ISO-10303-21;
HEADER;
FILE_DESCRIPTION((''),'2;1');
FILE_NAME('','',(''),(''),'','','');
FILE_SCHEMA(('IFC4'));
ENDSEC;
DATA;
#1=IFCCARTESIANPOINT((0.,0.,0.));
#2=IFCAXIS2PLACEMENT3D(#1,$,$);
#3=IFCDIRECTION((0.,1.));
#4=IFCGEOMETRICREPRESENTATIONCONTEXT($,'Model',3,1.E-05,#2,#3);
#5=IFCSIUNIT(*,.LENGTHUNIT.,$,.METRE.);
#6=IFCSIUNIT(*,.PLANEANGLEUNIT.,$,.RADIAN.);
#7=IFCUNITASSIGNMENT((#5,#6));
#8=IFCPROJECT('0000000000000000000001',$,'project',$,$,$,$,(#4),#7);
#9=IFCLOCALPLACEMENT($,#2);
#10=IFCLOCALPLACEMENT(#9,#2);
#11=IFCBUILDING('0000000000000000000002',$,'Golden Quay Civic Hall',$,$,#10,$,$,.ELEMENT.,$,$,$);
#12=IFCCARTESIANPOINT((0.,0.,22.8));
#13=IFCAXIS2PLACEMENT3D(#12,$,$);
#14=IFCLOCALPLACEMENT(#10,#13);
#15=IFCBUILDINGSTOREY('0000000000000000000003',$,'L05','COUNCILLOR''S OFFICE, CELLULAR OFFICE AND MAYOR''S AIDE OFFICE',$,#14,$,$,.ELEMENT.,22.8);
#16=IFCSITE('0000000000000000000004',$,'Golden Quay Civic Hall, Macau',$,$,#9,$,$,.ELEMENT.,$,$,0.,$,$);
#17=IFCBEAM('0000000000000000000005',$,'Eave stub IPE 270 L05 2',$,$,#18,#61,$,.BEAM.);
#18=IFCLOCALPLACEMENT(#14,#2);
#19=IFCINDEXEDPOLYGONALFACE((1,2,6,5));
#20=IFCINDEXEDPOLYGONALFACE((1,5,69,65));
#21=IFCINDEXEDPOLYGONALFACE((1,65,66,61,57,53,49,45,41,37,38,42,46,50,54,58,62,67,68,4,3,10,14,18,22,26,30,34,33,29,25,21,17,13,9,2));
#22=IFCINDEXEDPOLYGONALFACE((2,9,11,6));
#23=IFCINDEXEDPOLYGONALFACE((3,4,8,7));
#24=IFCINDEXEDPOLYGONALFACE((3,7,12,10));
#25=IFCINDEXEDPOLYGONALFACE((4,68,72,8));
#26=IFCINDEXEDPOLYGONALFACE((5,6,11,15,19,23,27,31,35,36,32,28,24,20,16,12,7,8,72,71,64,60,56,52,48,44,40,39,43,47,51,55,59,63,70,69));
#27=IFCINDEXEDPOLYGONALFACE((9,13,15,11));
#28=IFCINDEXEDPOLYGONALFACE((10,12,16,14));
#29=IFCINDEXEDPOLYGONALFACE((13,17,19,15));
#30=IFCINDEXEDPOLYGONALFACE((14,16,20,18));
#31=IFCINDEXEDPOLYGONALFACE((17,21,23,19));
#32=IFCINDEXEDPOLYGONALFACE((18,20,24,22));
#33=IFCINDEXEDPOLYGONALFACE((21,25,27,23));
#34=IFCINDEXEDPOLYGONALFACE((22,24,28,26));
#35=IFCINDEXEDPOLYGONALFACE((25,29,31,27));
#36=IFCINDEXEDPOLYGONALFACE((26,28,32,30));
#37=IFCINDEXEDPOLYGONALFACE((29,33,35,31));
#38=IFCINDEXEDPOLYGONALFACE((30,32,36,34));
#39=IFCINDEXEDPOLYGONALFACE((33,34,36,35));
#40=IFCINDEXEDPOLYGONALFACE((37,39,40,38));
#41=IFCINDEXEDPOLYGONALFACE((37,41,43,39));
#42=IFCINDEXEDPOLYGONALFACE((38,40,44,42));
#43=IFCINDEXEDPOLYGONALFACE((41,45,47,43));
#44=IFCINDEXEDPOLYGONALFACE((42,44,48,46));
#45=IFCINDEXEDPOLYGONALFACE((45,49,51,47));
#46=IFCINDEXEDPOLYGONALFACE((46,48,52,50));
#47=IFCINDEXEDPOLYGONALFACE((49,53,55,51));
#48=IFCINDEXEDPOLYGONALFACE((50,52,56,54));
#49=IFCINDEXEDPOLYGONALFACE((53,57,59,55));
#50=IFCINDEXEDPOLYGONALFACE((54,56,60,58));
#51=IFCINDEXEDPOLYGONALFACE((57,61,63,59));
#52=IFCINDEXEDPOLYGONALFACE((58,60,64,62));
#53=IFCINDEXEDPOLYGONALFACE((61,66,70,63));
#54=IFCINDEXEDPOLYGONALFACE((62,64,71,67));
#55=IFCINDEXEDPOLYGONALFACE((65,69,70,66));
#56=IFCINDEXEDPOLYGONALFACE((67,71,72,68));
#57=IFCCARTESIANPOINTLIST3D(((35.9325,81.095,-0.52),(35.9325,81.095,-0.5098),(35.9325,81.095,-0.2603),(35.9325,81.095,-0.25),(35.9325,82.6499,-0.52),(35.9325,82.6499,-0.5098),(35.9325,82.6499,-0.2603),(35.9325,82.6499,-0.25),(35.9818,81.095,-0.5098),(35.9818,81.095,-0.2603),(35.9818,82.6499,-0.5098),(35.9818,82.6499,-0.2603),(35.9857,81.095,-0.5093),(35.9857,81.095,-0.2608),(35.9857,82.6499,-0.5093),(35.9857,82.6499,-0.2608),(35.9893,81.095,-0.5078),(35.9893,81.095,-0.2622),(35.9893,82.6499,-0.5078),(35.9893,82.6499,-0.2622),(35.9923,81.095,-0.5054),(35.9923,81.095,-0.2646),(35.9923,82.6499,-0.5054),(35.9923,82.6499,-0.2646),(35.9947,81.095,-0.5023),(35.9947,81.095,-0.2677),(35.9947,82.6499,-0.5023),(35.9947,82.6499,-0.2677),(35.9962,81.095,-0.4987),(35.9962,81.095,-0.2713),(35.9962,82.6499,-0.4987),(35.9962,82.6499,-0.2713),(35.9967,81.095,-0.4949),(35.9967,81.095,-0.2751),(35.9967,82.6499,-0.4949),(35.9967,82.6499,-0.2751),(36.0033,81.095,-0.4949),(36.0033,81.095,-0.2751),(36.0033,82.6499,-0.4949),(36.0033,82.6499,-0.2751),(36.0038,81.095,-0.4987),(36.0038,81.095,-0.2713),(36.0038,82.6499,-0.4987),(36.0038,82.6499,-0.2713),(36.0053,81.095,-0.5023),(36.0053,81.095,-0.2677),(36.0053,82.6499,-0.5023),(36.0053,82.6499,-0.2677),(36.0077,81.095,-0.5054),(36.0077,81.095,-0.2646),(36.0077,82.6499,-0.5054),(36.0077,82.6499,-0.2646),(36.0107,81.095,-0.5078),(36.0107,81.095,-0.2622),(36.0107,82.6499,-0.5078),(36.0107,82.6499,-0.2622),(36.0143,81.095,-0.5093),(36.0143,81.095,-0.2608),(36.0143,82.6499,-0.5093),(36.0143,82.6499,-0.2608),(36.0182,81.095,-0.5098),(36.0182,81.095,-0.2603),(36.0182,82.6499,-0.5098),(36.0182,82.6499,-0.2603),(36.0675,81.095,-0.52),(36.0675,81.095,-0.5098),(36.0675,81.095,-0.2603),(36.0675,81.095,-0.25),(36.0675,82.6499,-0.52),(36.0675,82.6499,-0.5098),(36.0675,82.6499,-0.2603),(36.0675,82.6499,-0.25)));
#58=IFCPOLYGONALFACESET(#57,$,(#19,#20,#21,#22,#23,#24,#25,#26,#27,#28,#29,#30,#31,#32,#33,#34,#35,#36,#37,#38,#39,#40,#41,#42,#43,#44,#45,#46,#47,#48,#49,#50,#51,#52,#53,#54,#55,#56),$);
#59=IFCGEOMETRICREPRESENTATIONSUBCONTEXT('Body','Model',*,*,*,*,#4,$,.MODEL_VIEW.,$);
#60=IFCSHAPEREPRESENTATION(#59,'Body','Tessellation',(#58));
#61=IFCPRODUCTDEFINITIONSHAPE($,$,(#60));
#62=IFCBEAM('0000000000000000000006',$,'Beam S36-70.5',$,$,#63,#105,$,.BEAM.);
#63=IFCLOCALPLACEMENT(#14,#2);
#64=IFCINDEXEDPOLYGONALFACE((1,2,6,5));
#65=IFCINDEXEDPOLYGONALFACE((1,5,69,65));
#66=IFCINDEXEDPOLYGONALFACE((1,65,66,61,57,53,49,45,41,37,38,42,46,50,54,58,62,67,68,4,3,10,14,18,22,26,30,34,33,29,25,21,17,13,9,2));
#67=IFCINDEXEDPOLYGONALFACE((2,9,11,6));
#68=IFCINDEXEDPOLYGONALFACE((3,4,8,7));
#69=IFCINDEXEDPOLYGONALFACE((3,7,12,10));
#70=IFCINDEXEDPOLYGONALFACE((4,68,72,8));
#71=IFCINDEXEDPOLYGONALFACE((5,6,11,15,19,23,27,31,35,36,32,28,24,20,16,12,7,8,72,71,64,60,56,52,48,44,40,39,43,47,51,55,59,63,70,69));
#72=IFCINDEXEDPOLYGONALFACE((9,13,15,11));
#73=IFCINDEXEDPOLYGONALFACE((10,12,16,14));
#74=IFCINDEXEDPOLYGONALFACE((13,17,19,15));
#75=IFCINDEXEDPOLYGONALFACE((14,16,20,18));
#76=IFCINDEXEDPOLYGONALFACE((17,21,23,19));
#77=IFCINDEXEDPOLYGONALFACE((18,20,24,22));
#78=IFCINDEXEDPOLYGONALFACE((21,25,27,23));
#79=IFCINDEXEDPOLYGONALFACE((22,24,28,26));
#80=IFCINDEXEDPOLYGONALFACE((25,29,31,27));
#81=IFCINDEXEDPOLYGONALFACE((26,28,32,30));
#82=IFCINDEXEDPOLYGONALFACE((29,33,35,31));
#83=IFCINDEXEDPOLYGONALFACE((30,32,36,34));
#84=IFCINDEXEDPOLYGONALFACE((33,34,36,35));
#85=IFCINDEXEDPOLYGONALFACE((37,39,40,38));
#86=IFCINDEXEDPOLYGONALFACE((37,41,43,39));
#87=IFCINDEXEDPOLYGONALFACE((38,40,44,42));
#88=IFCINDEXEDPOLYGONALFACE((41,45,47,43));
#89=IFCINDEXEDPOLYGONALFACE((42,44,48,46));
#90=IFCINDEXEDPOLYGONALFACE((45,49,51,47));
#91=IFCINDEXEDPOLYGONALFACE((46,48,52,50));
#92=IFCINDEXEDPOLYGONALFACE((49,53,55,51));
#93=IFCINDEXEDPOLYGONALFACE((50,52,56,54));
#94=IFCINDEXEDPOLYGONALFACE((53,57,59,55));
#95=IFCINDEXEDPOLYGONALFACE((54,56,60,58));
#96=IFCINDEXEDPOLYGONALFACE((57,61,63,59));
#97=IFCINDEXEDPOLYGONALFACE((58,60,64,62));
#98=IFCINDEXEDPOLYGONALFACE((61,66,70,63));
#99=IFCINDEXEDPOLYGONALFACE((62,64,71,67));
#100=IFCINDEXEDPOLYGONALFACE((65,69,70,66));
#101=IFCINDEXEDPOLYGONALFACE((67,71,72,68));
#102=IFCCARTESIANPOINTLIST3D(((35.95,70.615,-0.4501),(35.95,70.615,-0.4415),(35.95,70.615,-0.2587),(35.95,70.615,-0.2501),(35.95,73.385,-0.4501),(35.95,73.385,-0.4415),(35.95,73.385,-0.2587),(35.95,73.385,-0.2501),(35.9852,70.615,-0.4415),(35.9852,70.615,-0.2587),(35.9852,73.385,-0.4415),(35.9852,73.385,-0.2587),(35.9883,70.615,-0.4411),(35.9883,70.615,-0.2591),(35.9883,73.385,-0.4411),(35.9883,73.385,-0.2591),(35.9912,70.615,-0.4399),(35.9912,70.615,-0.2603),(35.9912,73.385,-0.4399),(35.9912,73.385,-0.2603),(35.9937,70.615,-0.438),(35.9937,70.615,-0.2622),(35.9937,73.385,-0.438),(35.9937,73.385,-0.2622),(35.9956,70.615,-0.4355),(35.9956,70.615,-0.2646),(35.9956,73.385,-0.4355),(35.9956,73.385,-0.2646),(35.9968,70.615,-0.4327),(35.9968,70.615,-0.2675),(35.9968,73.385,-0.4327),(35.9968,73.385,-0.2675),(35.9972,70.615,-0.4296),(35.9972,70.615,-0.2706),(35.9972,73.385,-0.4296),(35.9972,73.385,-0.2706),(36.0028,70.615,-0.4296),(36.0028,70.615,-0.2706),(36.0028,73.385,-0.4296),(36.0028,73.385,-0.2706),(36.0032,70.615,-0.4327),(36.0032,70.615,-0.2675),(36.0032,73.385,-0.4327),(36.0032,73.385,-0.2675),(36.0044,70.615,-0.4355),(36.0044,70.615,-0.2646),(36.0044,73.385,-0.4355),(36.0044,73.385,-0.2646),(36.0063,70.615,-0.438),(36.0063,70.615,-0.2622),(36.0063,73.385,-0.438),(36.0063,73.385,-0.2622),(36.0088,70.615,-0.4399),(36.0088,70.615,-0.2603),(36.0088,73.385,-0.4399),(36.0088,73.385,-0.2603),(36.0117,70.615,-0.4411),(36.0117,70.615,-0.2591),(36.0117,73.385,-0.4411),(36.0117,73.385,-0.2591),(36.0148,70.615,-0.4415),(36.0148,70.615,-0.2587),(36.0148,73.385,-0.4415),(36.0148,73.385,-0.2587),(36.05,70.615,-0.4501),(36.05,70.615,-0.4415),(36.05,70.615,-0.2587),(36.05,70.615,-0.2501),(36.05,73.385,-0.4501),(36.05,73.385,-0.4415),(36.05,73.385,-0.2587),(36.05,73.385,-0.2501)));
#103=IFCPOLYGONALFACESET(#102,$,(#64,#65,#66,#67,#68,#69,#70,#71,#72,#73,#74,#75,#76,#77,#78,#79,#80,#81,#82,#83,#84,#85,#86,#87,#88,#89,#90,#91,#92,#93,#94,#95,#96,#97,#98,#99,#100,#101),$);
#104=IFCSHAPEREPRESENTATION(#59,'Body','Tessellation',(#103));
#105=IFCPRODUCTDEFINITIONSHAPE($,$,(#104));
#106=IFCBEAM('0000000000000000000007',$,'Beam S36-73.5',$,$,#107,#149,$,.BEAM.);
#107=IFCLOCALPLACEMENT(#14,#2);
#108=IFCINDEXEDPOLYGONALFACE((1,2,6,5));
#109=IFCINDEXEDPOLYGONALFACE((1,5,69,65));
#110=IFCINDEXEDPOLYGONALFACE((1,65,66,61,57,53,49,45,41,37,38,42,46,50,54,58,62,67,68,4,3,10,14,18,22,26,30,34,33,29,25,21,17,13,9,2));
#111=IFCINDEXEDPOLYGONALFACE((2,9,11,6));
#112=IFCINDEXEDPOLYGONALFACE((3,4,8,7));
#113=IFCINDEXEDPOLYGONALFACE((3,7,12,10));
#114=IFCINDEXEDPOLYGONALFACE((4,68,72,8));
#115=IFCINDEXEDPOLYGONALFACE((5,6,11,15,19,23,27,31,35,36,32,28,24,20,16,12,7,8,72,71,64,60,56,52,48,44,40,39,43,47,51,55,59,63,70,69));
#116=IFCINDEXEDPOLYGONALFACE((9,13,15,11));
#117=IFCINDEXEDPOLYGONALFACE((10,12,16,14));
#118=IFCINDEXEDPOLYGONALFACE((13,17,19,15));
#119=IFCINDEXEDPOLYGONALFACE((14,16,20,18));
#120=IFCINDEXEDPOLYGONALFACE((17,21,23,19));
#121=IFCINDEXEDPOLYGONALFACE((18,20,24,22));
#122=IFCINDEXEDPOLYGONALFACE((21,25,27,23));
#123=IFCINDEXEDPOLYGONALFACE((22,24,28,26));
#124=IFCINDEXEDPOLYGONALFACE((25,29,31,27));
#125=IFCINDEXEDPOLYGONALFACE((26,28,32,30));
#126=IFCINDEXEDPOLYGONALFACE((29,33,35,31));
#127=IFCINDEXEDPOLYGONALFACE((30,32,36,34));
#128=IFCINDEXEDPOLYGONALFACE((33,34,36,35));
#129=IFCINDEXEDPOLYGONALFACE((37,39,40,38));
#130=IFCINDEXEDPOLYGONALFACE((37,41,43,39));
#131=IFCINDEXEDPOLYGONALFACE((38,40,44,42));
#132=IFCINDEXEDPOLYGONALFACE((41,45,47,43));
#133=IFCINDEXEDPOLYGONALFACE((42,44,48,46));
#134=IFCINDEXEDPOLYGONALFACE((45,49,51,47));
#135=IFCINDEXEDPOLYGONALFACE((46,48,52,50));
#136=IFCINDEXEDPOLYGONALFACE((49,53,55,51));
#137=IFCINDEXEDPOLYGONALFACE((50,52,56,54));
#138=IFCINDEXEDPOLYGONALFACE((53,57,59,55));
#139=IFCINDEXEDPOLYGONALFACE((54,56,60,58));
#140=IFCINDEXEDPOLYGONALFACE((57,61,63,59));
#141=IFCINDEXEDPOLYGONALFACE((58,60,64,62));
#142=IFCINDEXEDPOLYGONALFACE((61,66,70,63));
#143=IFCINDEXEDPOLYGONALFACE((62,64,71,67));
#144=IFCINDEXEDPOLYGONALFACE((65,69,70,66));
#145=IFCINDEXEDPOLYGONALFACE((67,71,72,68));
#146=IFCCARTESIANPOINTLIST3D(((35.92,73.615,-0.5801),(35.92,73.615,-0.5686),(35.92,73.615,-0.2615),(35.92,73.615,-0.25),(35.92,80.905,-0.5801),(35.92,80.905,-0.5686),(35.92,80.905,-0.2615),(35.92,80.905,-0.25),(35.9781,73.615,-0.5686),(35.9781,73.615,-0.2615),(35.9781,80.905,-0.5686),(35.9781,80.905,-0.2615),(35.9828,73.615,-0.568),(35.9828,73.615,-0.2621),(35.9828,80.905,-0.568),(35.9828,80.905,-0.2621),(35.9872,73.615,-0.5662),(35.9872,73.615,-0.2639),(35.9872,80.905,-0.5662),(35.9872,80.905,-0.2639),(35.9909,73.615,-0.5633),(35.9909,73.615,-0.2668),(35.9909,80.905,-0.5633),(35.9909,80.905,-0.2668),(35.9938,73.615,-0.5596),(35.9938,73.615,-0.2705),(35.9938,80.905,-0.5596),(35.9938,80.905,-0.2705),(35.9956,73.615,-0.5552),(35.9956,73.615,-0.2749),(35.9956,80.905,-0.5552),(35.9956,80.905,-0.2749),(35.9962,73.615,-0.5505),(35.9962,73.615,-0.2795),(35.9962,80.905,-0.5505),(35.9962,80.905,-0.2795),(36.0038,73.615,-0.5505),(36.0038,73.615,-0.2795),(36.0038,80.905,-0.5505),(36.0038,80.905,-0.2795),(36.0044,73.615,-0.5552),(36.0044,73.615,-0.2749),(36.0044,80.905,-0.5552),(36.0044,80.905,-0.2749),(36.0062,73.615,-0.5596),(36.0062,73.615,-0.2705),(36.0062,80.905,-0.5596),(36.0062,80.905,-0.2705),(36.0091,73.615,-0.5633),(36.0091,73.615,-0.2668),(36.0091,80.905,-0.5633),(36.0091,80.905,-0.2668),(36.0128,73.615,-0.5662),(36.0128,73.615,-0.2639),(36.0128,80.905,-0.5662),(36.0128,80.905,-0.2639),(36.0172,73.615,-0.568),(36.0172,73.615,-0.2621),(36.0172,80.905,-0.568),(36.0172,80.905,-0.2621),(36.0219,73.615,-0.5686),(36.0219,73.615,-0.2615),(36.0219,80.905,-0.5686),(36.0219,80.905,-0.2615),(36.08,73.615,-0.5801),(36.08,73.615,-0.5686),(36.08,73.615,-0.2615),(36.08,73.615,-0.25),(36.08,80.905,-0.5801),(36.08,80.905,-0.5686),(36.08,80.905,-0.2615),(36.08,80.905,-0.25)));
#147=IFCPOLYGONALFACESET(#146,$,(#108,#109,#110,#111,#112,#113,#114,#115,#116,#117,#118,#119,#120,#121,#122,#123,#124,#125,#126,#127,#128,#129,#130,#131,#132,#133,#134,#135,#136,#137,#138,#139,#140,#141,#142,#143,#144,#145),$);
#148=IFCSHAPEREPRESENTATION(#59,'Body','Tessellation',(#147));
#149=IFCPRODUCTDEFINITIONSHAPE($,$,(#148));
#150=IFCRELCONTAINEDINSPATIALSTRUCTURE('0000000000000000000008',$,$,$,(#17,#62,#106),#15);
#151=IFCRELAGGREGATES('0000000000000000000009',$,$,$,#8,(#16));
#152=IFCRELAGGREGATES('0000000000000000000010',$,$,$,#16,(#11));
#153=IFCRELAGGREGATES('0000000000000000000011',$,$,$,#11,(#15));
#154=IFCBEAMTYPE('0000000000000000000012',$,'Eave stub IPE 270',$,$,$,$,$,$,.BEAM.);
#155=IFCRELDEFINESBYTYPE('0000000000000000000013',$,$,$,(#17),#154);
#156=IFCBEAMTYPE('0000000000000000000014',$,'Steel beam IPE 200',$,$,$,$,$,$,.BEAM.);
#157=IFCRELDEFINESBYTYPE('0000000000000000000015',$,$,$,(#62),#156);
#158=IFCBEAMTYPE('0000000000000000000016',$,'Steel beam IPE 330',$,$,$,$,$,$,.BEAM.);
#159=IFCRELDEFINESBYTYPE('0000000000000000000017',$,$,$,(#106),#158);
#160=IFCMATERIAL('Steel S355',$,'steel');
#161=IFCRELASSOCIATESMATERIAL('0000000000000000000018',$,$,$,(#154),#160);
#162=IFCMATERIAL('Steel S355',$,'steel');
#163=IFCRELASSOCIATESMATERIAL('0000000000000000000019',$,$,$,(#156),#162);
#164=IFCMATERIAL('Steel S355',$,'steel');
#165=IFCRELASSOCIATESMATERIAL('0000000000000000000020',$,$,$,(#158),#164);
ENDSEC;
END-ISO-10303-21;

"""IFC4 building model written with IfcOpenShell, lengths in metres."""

from ifc_helpers import new_model, si_unit, direction, frame, origin, origin_2d, place, context, subcontext, project, spatial, i_section, extrude, material, material_profile, profile_set, type_object, element, save


model = new_model("IFC4")

# Units and contexts
model_context = context("Model", 3, precision=1e-05, world=origin(), true_north=direction((0.0, 1.0)))
body_context = subcontext(model_context, "Body", "Model", "MODEL_VIEW")
ifc_project = project(units=[si_unit("LENGTHUNIT", "METRE"), si_unit("PLANEANGLEUNIT", "RADIAN")], contexts=[model_context])

# Site, building, storey
site_placement = place(None, origin())
site = spatial("IfcSite", under=ifc_project, at=site_placement, Name="Golden Quay Civic Hall, Macau", CompositionType="ELEMENT", RefElevation=0.0)
building_placement = place(site_placement, origin())
building = spatial("IfcBuilding", under=site, at=building_placement, Name="Golden Quay Civic Hall", CompositionType="ELEMENT")
storey_placement = place(building_placement, frame((0.0, 0.0, 22.8)))
storey = spatial("IfcBuildingStorey", under=building, at=storey_placement, Name="L05", Description="COUNCILLOR'S OFFICE, CELLULAR OFFICE AND MAYOR'S AIDE OFFICE", CompositionType="ELEMENT", Elevation=22.8)

# Beams
ifc_material_1 = material(Name="Steel S355", Category="steel")
ifc_material_profile_1 = material_profile(ifc_material_1, i_section(OverallWidth=0.135, OverallDepth=0.27, WebThickness=0.0066, FlangeThickness=0.0103, FilletRadius=0.0149, at=origin_2d()), Name="IPE 270")
ifc_profile_set_1 = profile_set([ifc_material_profile_1], Name="Steel S355")
beam_type_1 = type_object("IfcBeamType", Name="Eave stub IPE 270", PredefinedType="BEAM", material=ifc_profile_set_1)
beam_1_placement = place(storey_placement, frame((36.0, 81.095, -0.385), z_axis=(0.0, 1.0, 0.0), x_axis=(-1.0, 0.0, 0.0)))
element("IfcBeam", 1, at=beam_1_placement, inside=storey, type_object=beam_type_1, Name="Eave stub IPE 270 L05 2", PredefinedType="BEAM", context=body_context, shape_type="SweptSolid", body=[
    extrude(i_section(OverallWidth=0.135, OverallDepth=0.27, WebThickness=0.0066, FlangeThickness=0.0103, FilletRadius=0.0149, at=origin_2d()), origin(), (0.0, 0.0, 1.0), 1.5549),
])
ifc_material_2 = material(Name="Steel S355", Category="steel")
ifc_material_profile_2 = material_profile(ifc_material_2, i_section(OverallWidth=0.1001, OverallDepth=0.2, WebThickness=0.0056, FlangeThickness=0.0085, FilletRadius=0.012, at=origin_2d()), Name="IPE 200")
ifc_profile_set_2 = profile_set([ifc_material_profile_2], Name="Steel S355")
beam_type_2 = type_object("IfcBeamType", Name="Steel beam IPE 200", PredefinedType="BEAM", material=ifc_profile_set_2)
beam_2_placement = place(storey_placement, frame((36.0, 70.615, -0.3501), z_axis=(0.0, 1.0, 0.0), x_axis=(-1.0, 0.0, 0.0)))
element("IfcBeam", 2, at=beam_2_placement, inside=storey, type_object=beam_type_2, Name="Beam S36-70.5", PredefinedType="BEAM", context=body_context, shape_type="SweptSolid", body=[
    extrude(i_section(OverallWidth=0.1001, OverallDepth=0.2, WebThickness=0.0056, FlangeThickness=0.0085, FilletRadius=0.012, at=origin_2d()), origin(), (0.0, 0.0, 1.0), 2.77),
])
ifc_material_3 = material(Name="Steel S355", Category="steel")
ifc_material_profile_3 = material_profile(ifc_material_3, i_section(OverallWidth=0.1599, OverallDepth=0.3301, WebThickness=0.0076, FlangeThickness=0.0115, FilletRadius=0.0181, at=origin_2d()), Name="IPE 330")
ifc_profile_set_3 = profile_set([ifc_material_profile_3], Name="Steel S355")
beam_type_3 = type_object("IfcBeamType", Name="Steel beam IPE 330", PredefinedType="BEAM", material=ifc_profile_set_3)
beam_3_placement = place(storey_placement, frame((36.0, 73.615, -0.415), z_axis=(0.0, 1.0, 0.0), x_axis=(-1.0, 0.0, 0.0)))
element("IfcBeam", 3, at=beam_3_placement, inside=storey, type_object=beam_type_3, Name="Beam S36-73.5", PredefinedType="BEAM", context=body_context, shape_type="SweptSolid", body=[
    extrude(i_section(OverallWidth=0.1599, OverallDepth=0.3301, WebThickness=0.0076, FlangeThickness=0.0115, FilletRadius=0.0181, at=origin_2d()), origin(), (0.0, 0.0, 1.0), 7.29),
])

save(model, "model.ifc")
